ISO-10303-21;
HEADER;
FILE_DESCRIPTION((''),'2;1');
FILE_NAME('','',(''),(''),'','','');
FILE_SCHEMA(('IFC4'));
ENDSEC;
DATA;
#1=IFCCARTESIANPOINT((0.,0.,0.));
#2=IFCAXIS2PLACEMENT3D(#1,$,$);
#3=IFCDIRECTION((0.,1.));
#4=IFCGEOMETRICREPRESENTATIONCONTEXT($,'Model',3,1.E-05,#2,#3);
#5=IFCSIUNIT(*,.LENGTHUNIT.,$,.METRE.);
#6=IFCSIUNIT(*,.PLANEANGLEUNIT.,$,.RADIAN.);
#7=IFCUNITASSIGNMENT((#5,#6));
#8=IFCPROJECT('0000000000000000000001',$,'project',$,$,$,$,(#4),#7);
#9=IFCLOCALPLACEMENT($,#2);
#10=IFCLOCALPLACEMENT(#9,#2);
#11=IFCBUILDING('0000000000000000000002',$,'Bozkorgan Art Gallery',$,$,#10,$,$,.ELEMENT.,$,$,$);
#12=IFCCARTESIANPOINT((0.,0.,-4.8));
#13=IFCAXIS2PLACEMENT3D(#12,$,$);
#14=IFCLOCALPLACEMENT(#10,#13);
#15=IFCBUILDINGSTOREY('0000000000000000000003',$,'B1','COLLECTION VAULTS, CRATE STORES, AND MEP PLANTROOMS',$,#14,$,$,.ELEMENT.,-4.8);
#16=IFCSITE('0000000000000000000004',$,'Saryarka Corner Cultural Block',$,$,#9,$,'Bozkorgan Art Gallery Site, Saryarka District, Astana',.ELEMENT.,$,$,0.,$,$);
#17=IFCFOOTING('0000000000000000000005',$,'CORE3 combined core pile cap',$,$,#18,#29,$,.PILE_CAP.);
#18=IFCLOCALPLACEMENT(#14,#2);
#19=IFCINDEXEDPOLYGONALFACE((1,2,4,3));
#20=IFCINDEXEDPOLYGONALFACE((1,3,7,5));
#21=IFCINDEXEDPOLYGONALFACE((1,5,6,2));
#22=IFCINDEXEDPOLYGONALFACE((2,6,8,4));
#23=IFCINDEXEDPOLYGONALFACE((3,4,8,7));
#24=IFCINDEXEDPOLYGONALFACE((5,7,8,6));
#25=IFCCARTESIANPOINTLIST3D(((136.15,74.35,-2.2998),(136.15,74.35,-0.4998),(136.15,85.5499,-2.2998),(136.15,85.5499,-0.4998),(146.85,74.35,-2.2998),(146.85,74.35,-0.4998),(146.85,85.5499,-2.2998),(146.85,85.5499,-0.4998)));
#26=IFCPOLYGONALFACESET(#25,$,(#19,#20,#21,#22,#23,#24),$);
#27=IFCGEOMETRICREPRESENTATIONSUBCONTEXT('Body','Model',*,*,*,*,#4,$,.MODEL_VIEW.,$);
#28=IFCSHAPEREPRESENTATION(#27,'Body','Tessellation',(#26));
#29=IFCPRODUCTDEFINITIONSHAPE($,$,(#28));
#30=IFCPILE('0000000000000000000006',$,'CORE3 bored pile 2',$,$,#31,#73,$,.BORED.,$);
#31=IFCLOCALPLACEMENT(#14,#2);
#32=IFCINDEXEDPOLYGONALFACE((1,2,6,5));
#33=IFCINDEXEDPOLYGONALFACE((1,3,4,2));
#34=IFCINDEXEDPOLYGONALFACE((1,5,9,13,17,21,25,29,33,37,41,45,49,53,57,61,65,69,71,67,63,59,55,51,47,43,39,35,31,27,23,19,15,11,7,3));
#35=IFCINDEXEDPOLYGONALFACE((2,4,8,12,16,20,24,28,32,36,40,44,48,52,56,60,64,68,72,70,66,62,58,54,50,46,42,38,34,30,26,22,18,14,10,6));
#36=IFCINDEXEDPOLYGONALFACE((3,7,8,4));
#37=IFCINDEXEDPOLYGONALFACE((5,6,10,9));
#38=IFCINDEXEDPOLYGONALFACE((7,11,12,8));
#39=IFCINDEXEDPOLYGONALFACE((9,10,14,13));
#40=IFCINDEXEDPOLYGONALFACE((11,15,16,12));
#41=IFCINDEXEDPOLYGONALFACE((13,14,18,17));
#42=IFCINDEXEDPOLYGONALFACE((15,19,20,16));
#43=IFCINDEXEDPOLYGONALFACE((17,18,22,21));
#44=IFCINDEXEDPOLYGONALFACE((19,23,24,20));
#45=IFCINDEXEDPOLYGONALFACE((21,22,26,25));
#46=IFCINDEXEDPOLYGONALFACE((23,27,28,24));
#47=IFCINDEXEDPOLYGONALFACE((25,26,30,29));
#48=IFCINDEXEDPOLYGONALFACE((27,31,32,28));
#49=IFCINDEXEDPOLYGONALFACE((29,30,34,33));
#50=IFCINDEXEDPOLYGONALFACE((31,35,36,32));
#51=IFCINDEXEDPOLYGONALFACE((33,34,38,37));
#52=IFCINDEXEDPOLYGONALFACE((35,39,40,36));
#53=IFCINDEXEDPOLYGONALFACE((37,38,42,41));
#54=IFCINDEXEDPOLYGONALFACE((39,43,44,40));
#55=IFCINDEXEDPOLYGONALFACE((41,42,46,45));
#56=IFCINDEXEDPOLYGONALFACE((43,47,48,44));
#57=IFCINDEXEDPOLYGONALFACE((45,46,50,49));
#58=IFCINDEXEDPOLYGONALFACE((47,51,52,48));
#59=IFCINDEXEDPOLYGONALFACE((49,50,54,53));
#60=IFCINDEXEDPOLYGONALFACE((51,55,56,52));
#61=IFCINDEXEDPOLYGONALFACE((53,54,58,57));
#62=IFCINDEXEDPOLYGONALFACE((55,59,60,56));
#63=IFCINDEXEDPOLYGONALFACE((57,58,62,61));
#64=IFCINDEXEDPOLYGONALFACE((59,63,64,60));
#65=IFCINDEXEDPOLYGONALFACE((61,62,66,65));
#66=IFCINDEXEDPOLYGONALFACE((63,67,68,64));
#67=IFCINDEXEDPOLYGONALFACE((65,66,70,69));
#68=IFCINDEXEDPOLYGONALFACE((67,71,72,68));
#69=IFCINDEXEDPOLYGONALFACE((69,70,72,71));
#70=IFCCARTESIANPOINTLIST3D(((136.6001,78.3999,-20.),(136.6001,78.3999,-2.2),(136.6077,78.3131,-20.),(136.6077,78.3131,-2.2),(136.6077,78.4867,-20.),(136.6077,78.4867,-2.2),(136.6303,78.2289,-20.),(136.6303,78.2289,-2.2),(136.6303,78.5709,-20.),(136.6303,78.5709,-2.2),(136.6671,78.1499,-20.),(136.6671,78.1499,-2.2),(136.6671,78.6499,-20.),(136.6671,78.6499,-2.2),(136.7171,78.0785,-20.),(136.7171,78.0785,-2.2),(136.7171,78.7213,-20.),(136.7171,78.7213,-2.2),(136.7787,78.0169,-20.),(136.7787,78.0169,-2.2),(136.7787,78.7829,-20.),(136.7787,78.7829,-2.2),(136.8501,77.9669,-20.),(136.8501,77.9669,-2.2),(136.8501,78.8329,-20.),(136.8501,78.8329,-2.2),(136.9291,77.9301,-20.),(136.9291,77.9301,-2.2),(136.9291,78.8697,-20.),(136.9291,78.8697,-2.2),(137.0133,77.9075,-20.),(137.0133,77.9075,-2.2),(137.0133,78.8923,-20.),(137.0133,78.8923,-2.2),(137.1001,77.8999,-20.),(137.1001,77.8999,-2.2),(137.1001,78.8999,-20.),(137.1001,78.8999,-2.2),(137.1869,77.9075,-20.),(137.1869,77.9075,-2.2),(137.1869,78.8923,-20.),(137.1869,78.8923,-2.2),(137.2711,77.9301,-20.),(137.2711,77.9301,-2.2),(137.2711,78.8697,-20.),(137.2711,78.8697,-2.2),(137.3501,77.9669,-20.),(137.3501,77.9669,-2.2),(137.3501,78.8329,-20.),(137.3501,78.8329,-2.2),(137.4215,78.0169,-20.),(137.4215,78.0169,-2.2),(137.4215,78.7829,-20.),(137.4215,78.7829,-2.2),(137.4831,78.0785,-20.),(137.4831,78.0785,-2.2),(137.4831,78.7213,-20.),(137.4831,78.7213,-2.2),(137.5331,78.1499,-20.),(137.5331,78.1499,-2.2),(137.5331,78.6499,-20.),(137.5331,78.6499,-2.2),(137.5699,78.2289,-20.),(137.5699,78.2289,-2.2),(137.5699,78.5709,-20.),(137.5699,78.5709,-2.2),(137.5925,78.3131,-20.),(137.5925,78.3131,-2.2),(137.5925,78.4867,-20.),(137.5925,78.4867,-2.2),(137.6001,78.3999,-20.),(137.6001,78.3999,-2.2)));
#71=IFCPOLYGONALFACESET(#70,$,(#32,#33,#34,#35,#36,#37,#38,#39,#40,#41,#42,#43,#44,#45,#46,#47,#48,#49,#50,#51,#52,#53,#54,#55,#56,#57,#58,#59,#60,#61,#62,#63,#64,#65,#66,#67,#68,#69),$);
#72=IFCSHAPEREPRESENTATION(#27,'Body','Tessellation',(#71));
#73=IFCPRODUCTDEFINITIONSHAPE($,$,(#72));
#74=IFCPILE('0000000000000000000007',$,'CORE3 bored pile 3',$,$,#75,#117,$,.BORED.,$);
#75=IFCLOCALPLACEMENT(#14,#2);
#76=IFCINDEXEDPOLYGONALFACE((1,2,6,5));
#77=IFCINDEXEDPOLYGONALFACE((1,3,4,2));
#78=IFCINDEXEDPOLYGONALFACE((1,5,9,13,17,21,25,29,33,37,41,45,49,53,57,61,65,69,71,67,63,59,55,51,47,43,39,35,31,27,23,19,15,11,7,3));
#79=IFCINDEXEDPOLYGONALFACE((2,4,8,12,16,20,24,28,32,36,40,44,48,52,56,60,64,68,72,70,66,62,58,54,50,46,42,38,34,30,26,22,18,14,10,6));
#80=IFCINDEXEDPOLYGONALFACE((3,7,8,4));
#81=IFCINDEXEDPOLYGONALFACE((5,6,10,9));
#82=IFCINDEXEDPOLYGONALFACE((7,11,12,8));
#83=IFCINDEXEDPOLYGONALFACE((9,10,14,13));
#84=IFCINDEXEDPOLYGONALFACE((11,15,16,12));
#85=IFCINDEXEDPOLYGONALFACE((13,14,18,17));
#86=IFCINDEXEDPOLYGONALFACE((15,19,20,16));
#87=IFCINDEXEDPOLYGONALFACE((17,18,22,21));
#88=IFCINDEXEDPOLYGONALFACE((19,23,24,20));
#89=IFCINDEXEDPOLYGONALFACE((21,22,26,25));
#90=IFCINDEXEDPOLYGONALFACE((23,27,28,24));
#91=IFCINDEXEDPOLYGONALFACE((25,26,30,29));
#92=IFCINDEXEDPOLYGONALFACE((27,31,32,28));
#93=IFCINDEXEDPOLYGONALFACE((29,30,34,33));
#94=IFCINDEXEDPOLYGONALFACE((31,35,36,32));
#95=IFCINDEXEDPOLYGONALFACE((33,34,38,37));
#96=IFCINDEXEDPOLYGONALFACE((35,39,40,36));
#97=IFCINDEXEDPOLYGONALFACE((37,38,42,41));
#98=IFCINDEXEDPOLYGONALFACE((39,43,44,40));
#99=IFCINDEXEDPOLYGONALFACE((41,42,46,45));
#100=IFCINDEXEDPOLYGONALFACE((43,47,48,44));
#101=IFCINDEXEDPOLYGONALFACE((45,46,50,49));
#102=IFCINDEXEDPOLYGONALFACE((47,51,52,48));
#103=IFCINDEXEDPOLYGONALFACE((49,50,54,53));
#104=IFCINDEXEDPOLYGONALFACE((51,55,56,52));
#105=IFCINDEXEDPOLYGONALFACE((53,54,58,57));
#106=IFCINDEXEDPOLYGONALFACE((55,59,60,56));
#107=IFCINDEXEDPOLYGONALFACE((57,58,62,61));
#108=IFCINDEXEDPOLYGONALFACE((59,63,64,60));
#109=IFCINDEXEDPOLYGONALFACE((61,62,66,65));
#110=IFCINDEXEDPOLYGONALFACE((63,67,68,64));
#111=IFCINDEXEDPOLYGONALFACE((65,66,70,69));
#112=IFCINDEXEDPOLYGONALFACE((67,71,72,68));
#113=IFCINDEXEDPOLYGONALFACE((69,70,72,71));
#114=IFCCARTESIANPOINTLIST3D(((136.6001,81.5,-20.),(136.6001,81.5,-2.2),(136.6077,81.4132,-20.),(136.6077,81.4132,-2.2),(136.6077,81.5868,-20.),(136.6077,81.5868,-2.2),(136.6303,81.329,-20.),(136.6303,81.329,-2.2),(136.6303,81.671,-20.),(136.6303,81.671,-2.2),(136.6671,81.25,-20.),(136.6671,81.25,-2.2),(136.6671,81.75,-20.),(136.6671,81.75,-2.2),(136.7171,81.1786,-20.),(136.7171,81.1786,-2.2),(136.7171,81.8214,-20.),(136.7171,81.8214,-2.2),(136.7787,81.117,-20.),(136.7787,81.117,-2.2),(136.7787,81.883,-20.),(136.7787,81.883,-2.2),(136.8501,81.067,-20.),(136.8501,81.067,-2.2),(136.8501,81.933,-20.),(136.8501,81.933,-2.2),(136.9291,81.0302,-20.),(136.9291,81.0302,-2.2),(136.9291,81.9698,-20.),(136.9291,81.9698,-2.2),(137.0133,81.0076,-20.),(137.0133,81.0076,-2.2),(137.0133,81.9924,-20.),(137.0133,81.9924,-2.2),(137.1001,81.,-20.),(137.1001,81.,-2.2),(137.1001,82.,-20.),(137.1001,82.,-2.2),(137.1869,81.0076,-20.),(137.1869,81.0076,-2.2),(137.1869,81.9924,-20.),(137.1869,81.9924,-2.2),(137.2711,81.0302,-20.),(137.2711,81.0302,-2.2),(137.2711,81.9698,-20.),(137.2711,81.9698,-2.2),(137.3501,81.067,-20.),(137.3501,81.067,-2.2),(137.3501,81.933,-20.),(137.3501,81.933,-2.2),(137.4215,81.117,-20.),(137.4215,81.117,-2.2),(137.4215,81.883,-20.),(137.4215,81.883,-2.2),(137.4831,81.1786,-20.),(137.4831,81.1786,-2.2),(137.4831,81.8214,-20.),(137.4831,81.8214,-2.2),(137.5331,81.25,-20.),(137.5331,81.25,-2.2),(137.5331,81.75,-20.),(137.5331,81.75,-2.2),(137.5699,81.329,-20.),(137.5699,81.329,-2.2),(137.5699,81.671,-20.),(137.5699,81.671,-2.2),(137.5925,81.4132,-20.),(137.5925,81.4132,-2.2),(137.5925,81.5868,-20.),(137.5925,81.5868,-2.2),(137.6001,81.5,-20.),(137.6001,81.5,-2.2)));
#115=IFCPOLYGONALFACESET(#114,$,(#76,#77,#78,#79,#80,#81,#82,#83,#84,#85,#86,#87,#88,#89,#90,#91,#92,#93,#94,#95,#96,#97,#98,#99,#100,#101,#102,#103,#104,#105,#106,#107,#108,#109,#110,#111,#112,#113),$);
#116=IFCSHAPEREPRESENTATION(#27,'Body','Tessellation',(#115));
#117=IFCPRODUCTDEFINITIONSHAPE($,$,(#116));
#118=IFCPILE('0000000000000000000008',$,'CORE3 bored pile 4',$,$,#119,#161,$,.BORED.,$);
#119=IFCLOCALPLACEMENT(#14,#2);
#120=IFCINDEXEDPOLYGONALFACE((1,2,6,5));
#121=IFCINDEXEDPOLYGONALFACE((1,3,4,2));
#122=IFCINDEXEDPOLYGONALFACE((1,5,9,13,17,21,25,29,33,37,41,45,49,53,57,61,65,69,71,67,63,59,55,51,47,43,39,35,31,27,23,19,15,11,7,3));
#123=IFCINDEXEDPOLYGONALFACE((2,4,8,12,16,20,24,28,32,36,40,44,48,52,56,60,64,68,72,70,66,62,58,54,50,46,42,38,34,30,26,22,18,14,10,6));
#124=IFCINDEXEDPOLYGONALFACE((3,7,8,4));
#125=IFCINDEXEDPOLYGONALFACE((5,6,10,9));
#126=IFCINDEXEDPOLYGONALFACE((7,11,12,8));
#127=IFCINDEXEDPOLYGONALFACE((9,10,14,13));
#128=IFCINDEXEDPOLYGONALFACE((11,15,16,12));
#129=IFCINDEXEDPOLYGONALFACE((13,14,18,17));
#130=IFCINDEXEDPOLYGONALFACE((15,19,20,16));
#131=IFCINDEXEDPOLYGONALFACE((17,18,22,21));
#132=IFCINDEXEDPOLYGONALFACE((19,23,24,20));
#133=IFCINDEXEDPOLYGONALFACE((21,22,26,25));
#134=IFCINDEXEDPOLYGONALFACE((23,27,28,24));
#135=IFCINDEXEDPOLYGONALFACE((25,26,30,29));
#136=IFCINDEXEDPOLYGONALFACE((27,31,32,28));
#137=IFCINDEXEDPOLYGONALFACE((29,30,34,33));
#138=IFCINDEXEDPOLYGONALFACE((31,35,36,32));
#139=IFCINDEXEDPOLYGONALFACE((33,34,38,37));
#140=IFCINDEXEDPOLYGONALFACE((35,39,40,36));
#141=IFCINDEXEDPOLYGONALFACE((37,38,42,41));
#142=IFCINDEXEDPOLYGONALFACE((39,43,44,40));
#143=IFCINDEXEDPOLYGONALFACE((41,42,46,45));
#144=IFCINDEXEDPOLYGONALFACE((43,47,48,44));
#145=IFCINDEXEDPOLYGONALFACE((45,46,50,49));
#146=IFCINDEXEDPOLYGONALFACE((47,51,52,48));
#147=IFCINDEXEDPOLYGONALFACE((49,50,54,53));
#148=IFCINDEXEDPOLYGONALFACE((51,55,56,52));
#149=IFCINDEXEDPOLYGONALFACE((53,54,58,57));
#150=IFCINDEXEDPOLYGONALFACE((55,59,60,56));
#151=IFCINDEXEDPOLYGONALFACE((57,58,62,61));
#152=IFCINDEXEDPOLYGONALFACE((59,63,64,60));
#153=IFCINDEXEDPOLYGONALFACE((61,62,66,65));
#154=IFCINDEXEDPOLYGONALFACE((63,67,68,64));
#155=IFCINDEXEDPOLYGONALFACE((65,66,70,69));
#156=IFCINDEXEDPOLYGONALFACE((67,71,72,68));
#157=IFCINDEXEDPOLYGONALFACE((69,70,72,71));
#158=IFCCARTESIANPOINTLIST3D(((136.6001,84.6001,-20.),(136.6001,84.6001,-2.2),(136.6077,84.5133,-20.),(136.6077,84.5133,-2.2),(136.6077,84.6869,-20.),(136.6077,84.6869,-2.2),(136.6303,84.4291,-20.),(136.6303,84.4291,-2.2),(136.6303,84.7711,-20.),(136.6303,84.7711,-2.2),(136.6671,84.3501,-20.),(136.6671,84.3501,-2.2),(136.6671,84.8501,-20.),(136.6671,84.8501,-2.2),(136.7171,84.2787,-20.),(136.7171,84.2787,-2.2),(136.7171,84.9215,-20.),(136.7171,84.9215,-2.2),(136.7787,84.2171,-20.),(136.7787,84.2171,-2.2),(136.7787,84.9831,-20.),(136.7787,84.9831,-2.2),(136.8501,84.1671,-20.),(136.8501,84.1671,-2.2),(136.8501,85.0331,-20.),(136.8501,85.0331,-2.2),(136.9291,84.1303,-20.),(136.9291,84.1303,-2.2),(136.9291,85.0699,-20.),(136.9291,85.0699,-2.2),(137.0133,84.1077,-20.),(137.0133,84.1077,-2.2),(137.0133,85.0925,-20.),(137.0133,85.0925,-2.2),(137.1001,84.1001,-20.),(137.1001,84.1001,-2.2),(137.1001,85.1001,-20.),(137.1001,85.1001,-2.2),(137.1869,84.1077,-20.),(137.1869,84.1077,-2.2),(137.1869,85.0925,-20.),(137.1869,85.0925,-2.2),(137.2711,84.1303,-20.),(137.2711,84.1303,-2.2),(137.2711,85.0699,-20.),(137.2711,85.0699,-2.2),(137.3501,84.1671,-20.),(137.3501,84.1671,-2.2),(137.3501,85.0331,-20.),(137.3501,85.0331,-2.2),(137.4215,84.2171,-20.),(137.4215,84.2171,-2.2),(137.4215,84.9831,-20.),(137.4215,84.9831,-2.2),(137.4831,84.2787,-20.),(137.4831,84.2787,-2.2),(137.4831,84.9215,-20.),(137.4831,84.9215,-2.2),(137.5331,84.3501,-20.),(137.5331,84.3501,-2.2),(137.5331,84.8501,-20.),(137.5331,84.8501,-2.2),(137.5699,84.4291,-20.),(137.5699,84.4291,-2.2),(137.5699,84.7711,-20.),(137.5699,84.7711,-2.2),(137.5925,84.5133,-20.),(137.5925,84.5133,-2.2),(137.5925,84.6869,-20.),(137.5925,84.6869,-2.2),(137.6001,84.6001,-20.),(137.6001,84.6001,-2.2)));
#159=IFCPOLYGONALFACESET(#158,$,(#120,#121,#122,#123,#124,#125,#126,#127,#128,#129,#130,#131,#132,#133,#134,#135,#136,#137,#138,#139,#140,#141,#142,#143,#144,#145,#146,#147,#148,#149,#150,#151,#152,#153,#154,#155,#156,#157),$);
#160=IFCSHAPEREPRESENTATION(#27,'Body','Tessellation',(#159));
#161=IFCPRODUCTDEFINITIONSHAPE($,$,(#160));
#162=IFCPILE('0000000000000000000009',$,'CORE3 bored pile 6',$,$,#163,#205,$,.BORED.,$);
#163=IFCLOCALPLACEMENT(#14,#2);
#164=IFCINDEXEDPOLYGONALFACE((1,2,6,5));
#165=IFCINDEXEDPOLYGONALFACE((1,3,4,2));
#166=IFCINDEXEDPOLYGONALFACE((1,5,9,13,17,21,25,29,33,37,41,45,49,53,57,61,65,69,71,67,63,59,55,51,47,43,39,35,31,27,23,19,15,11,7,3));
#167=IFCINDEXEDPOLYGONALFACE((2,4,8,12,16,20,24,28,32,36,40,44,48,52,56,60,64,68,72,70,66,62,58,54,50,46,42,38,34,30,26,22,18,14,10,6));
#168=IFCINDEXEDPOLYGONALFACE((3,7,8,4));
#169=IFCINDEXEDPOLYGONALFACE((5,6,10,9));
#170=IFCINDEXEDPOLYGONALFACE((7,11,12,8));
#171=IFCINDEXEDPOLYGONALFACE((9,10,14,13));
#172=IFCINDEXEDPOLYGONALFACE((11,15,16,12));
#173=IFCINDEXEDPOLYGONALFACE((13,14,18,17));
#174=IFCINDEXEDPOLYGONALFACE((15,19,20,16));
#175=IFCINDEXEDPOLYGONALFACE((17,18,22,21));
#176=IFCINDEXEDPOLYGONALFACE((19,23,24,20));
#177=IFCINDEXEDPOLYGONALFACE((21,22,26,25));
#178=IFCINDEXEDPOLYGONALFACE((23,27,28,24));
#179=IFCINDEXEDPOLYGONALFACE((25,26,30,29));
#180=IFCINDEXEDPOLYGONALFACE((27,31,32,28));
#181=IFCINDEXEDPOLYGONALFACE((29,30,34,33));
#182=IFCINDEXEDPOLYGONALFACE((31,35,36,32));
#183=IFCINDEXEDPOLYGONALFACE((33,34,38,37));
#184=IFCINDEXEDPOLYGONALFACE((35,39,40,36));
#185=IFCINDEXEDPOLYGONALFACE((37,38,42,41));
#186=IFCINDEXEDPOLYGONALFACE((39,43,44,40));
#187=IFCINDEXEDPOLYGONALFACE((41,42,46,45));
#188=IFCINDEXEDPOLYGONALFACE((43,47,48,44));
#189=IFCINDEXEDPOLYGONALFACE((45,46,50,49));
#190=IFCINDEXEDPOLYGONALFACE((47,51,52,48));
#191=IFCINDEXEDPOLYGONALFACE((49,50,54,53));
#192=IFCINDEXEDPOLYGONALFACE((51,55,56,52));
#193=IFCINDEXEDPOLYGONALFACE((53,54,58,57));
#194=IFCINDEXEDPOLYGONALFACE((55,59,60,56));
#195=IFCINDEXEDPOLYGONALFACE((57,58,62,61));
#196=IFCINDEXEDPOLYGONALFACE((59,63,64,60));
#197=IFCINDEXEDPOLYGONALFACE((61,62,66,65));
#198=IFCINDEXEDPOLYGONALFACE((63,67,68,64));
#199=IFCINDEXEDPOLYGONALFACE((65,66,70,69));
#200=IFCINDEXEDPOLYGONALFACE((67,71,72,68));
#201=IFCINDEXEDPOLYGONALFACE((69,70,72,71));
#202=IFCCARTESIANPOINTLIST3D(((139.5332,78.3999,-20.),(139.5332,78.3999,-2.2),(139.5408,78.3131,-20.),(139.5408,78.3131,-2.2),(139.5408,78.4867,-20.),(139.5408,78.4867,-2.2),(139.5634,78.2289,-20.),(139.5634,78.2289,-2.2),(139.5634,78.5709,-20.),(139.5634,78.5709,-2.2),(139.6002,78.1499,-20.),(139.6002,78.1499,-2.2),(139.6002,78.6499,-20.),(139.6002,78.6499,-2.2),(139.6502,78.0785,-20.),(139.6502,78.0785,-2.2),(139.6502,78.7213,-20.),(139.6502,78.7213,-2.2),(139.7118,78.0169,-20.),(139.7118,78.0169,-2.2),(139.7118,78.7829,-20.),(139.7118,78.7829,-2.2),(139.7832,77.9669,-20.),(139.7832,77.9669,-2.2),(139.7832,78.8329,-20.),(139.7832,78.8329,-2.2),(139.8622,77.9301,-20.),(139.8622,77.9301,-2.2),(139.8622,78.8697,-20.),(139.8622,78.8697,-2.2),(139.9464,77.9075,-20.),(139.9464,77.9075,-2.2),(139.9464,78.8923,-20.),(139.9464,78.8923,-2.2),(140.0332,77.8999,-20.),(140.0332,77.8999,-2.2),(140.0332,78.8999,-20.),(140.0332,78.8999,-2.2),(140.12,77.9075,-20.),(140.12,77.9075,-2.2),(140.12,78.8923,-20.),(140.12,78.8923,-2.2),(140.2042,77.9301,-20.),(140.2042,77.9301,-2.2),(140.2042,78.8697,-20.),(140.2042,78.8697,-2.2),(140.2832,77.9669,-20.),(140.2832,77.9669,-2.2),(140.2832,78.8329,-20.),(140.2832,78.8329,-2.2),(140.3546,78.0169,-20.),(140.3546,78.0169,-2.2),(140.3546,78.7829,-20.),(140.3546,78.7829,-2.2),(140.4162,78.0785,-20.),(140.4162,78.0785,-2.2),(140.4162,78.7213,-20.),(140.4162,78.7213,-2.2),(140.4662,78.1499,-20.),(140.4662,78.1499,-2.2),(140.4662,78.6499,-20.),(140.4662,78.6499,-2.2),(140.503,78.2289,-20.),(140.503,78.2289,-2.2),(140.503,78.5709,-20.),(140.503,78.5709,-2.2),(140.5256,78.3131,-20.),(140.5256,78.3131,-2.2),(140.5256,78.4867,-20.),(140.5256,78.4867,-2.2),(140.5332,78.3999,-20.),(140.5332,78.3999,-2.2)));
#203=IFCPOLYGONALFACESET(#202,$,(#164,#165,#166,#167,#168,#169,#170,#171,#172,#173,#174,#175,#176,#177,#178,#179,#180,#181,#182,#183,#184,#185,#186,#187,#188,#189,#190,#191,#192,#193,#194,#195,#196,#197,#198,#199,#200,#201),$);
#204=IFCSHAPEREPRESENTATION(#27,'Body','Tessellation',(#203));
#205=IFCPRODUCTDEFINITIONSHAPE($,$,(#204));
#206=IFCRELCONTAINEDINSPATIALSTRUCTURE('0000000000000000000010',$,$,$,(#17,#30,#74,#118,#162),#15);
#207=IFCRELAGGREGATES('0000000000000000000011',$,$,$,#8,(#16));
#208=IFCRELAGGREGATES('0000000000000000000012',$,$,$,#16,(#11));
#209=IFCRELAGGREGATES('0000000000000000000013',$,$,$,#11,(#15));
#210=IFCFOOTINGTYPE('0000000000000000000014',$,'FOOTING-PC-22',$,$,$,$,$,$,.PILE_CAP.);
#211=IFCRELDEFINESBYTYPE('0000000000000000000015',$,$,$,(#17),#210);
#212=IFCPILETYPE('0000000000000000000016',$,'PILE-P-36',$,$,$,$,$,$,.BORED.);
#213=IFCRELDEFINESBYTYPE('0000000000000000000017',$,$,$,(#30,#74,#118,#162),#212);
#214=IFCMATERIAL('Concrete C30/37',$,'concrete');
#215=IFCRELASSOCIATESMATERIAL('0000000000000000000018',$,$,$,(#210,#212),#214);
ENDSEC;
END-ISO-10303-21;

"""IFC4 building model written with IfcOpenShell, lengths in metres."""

from ifc_helpers import new_model, si_unit, direction, frame, origin, origin_2d, place, context, subcontext, project, spatial, rectangle, circle, extrude, material, material_profile, profile_set, type_object, element, save


model = new_model("IFC4")

# Units and contexts
model_context = context("Model", 3, precision=1e-05, world=origin(), true_north=direction((0.0, 1.0)))
body_context = subcontext(model_context, "Body", "Model", "MODEL_VIEW")
ifc_project = project(units=[si_unit("LENGTHUNIT", "METRE"), si_unit("PLANEANGLEUNIT", "RADIAN")], contexts=[model_context])

# Site, building, storey
site_placement = place(None, origin())
site = spatial("IfcSite", under=ifc_project, at=site_placement, Name="Saryarka Corner Cultural Block", LongName="Bozkorgan Art Gallery Site, Saryarka District, Astana", CompositionType="ELEMENT", RefElevation=0.0)
building_placement = place(site_placement, origin())
building = spatial("IfcBuilding", under=site, at=building_placement, Name="Bozkorgan Art Gallery", CompositionType="ELEMENT")
storey_placement = place(building_placement, frame((0.0, 0.0, -4.8)))
storey = spatial("IfcBuildingStorey", under=building, at=storey_placement, Name="B1", Description="COLLECTION VAULTS, CRATE STORES, AND MEP PLANTROOMS", CompositionType="ELEMENT", Elevation=-4.8)

# Footing
ifc_material_1 = material(Name="Concrete C30/37", Category="concrete")
footing_type = type_object("IfcFootingType", Name="FOOTING-PC-22", PredefinedType="PILE_CAP", material=ifc_material_1)
footing_placement = place(storey_placement, frame((141.5, 79.95, -2.2998), z_axis=(0.0, 0.0, 1.0), x_axis=(1.0, 0.0, 0.0)))
element("IfcFooting", 1, at=footing_placement, inside=storey, type_object=footing_type, Name="CORE3 combined core pile cap", PredefinedType="PILE_CAP", context=body_context, shape_type="SweptSolid", body=[
    extrude(rectangle(XDim=10.7, YDim=11.2, at=origin_2d()), origin(), (0.0, 0.0, 1.0), 1.8),
])

# Piles
ifc_material_profile_1 = material_profile(ifc_material_1, circle(Radius=0.5, at=origin_2d()), Name="PILE D1000")
ifc_profile_set_1 = profile_set([ifc_material_profile_1], Name="Concrete C30/37")
pile_type = type_object("IfcPileType", Name="PILE-P-36", PredefinedType="BORED", material=ifc_profile_set_1)
for number, where, z_axis, x_axis, name in (
    (2, (137.1001, 78.3999, -2.2), (0.0, 0.0, -1.0), (1.0, 0.0, 0.0), "CORE3 bored pile 2"),
    (3, (137.1001, 81.5, -2.2), (0.0, 0.0, -1.0), (1.0, 0.0, 0.0), "CORE3 bored pile 3"),
    (4, (137.1001, 84.6001, -2.2), (0.0, 0.0, -1.0), (1.0, 0.0, 0.0), "CORE3 bored pile 4"),
    (5, (140.0332, 78.3999, -2.2), (0.0, 0.0, -1.0), (1.0, 0.0, 0.0), "CORE3 bored pile 6"),
):
    element("IfcPile", number, at=place(storey_placement, frame(where, z_axis=z_axis, x_axis=x_axis)), inside=storey, type_object=pile_type, Name=name, PredefinedType="BORED", context=body_context, shape_type="SweptSolid", body=[
        extrude(circle(Radius=0.5, at=origin_2d()), origin(), (0.0, 0.0, 1.0), 17.8),
    ])

save(model, "model.ifc")
